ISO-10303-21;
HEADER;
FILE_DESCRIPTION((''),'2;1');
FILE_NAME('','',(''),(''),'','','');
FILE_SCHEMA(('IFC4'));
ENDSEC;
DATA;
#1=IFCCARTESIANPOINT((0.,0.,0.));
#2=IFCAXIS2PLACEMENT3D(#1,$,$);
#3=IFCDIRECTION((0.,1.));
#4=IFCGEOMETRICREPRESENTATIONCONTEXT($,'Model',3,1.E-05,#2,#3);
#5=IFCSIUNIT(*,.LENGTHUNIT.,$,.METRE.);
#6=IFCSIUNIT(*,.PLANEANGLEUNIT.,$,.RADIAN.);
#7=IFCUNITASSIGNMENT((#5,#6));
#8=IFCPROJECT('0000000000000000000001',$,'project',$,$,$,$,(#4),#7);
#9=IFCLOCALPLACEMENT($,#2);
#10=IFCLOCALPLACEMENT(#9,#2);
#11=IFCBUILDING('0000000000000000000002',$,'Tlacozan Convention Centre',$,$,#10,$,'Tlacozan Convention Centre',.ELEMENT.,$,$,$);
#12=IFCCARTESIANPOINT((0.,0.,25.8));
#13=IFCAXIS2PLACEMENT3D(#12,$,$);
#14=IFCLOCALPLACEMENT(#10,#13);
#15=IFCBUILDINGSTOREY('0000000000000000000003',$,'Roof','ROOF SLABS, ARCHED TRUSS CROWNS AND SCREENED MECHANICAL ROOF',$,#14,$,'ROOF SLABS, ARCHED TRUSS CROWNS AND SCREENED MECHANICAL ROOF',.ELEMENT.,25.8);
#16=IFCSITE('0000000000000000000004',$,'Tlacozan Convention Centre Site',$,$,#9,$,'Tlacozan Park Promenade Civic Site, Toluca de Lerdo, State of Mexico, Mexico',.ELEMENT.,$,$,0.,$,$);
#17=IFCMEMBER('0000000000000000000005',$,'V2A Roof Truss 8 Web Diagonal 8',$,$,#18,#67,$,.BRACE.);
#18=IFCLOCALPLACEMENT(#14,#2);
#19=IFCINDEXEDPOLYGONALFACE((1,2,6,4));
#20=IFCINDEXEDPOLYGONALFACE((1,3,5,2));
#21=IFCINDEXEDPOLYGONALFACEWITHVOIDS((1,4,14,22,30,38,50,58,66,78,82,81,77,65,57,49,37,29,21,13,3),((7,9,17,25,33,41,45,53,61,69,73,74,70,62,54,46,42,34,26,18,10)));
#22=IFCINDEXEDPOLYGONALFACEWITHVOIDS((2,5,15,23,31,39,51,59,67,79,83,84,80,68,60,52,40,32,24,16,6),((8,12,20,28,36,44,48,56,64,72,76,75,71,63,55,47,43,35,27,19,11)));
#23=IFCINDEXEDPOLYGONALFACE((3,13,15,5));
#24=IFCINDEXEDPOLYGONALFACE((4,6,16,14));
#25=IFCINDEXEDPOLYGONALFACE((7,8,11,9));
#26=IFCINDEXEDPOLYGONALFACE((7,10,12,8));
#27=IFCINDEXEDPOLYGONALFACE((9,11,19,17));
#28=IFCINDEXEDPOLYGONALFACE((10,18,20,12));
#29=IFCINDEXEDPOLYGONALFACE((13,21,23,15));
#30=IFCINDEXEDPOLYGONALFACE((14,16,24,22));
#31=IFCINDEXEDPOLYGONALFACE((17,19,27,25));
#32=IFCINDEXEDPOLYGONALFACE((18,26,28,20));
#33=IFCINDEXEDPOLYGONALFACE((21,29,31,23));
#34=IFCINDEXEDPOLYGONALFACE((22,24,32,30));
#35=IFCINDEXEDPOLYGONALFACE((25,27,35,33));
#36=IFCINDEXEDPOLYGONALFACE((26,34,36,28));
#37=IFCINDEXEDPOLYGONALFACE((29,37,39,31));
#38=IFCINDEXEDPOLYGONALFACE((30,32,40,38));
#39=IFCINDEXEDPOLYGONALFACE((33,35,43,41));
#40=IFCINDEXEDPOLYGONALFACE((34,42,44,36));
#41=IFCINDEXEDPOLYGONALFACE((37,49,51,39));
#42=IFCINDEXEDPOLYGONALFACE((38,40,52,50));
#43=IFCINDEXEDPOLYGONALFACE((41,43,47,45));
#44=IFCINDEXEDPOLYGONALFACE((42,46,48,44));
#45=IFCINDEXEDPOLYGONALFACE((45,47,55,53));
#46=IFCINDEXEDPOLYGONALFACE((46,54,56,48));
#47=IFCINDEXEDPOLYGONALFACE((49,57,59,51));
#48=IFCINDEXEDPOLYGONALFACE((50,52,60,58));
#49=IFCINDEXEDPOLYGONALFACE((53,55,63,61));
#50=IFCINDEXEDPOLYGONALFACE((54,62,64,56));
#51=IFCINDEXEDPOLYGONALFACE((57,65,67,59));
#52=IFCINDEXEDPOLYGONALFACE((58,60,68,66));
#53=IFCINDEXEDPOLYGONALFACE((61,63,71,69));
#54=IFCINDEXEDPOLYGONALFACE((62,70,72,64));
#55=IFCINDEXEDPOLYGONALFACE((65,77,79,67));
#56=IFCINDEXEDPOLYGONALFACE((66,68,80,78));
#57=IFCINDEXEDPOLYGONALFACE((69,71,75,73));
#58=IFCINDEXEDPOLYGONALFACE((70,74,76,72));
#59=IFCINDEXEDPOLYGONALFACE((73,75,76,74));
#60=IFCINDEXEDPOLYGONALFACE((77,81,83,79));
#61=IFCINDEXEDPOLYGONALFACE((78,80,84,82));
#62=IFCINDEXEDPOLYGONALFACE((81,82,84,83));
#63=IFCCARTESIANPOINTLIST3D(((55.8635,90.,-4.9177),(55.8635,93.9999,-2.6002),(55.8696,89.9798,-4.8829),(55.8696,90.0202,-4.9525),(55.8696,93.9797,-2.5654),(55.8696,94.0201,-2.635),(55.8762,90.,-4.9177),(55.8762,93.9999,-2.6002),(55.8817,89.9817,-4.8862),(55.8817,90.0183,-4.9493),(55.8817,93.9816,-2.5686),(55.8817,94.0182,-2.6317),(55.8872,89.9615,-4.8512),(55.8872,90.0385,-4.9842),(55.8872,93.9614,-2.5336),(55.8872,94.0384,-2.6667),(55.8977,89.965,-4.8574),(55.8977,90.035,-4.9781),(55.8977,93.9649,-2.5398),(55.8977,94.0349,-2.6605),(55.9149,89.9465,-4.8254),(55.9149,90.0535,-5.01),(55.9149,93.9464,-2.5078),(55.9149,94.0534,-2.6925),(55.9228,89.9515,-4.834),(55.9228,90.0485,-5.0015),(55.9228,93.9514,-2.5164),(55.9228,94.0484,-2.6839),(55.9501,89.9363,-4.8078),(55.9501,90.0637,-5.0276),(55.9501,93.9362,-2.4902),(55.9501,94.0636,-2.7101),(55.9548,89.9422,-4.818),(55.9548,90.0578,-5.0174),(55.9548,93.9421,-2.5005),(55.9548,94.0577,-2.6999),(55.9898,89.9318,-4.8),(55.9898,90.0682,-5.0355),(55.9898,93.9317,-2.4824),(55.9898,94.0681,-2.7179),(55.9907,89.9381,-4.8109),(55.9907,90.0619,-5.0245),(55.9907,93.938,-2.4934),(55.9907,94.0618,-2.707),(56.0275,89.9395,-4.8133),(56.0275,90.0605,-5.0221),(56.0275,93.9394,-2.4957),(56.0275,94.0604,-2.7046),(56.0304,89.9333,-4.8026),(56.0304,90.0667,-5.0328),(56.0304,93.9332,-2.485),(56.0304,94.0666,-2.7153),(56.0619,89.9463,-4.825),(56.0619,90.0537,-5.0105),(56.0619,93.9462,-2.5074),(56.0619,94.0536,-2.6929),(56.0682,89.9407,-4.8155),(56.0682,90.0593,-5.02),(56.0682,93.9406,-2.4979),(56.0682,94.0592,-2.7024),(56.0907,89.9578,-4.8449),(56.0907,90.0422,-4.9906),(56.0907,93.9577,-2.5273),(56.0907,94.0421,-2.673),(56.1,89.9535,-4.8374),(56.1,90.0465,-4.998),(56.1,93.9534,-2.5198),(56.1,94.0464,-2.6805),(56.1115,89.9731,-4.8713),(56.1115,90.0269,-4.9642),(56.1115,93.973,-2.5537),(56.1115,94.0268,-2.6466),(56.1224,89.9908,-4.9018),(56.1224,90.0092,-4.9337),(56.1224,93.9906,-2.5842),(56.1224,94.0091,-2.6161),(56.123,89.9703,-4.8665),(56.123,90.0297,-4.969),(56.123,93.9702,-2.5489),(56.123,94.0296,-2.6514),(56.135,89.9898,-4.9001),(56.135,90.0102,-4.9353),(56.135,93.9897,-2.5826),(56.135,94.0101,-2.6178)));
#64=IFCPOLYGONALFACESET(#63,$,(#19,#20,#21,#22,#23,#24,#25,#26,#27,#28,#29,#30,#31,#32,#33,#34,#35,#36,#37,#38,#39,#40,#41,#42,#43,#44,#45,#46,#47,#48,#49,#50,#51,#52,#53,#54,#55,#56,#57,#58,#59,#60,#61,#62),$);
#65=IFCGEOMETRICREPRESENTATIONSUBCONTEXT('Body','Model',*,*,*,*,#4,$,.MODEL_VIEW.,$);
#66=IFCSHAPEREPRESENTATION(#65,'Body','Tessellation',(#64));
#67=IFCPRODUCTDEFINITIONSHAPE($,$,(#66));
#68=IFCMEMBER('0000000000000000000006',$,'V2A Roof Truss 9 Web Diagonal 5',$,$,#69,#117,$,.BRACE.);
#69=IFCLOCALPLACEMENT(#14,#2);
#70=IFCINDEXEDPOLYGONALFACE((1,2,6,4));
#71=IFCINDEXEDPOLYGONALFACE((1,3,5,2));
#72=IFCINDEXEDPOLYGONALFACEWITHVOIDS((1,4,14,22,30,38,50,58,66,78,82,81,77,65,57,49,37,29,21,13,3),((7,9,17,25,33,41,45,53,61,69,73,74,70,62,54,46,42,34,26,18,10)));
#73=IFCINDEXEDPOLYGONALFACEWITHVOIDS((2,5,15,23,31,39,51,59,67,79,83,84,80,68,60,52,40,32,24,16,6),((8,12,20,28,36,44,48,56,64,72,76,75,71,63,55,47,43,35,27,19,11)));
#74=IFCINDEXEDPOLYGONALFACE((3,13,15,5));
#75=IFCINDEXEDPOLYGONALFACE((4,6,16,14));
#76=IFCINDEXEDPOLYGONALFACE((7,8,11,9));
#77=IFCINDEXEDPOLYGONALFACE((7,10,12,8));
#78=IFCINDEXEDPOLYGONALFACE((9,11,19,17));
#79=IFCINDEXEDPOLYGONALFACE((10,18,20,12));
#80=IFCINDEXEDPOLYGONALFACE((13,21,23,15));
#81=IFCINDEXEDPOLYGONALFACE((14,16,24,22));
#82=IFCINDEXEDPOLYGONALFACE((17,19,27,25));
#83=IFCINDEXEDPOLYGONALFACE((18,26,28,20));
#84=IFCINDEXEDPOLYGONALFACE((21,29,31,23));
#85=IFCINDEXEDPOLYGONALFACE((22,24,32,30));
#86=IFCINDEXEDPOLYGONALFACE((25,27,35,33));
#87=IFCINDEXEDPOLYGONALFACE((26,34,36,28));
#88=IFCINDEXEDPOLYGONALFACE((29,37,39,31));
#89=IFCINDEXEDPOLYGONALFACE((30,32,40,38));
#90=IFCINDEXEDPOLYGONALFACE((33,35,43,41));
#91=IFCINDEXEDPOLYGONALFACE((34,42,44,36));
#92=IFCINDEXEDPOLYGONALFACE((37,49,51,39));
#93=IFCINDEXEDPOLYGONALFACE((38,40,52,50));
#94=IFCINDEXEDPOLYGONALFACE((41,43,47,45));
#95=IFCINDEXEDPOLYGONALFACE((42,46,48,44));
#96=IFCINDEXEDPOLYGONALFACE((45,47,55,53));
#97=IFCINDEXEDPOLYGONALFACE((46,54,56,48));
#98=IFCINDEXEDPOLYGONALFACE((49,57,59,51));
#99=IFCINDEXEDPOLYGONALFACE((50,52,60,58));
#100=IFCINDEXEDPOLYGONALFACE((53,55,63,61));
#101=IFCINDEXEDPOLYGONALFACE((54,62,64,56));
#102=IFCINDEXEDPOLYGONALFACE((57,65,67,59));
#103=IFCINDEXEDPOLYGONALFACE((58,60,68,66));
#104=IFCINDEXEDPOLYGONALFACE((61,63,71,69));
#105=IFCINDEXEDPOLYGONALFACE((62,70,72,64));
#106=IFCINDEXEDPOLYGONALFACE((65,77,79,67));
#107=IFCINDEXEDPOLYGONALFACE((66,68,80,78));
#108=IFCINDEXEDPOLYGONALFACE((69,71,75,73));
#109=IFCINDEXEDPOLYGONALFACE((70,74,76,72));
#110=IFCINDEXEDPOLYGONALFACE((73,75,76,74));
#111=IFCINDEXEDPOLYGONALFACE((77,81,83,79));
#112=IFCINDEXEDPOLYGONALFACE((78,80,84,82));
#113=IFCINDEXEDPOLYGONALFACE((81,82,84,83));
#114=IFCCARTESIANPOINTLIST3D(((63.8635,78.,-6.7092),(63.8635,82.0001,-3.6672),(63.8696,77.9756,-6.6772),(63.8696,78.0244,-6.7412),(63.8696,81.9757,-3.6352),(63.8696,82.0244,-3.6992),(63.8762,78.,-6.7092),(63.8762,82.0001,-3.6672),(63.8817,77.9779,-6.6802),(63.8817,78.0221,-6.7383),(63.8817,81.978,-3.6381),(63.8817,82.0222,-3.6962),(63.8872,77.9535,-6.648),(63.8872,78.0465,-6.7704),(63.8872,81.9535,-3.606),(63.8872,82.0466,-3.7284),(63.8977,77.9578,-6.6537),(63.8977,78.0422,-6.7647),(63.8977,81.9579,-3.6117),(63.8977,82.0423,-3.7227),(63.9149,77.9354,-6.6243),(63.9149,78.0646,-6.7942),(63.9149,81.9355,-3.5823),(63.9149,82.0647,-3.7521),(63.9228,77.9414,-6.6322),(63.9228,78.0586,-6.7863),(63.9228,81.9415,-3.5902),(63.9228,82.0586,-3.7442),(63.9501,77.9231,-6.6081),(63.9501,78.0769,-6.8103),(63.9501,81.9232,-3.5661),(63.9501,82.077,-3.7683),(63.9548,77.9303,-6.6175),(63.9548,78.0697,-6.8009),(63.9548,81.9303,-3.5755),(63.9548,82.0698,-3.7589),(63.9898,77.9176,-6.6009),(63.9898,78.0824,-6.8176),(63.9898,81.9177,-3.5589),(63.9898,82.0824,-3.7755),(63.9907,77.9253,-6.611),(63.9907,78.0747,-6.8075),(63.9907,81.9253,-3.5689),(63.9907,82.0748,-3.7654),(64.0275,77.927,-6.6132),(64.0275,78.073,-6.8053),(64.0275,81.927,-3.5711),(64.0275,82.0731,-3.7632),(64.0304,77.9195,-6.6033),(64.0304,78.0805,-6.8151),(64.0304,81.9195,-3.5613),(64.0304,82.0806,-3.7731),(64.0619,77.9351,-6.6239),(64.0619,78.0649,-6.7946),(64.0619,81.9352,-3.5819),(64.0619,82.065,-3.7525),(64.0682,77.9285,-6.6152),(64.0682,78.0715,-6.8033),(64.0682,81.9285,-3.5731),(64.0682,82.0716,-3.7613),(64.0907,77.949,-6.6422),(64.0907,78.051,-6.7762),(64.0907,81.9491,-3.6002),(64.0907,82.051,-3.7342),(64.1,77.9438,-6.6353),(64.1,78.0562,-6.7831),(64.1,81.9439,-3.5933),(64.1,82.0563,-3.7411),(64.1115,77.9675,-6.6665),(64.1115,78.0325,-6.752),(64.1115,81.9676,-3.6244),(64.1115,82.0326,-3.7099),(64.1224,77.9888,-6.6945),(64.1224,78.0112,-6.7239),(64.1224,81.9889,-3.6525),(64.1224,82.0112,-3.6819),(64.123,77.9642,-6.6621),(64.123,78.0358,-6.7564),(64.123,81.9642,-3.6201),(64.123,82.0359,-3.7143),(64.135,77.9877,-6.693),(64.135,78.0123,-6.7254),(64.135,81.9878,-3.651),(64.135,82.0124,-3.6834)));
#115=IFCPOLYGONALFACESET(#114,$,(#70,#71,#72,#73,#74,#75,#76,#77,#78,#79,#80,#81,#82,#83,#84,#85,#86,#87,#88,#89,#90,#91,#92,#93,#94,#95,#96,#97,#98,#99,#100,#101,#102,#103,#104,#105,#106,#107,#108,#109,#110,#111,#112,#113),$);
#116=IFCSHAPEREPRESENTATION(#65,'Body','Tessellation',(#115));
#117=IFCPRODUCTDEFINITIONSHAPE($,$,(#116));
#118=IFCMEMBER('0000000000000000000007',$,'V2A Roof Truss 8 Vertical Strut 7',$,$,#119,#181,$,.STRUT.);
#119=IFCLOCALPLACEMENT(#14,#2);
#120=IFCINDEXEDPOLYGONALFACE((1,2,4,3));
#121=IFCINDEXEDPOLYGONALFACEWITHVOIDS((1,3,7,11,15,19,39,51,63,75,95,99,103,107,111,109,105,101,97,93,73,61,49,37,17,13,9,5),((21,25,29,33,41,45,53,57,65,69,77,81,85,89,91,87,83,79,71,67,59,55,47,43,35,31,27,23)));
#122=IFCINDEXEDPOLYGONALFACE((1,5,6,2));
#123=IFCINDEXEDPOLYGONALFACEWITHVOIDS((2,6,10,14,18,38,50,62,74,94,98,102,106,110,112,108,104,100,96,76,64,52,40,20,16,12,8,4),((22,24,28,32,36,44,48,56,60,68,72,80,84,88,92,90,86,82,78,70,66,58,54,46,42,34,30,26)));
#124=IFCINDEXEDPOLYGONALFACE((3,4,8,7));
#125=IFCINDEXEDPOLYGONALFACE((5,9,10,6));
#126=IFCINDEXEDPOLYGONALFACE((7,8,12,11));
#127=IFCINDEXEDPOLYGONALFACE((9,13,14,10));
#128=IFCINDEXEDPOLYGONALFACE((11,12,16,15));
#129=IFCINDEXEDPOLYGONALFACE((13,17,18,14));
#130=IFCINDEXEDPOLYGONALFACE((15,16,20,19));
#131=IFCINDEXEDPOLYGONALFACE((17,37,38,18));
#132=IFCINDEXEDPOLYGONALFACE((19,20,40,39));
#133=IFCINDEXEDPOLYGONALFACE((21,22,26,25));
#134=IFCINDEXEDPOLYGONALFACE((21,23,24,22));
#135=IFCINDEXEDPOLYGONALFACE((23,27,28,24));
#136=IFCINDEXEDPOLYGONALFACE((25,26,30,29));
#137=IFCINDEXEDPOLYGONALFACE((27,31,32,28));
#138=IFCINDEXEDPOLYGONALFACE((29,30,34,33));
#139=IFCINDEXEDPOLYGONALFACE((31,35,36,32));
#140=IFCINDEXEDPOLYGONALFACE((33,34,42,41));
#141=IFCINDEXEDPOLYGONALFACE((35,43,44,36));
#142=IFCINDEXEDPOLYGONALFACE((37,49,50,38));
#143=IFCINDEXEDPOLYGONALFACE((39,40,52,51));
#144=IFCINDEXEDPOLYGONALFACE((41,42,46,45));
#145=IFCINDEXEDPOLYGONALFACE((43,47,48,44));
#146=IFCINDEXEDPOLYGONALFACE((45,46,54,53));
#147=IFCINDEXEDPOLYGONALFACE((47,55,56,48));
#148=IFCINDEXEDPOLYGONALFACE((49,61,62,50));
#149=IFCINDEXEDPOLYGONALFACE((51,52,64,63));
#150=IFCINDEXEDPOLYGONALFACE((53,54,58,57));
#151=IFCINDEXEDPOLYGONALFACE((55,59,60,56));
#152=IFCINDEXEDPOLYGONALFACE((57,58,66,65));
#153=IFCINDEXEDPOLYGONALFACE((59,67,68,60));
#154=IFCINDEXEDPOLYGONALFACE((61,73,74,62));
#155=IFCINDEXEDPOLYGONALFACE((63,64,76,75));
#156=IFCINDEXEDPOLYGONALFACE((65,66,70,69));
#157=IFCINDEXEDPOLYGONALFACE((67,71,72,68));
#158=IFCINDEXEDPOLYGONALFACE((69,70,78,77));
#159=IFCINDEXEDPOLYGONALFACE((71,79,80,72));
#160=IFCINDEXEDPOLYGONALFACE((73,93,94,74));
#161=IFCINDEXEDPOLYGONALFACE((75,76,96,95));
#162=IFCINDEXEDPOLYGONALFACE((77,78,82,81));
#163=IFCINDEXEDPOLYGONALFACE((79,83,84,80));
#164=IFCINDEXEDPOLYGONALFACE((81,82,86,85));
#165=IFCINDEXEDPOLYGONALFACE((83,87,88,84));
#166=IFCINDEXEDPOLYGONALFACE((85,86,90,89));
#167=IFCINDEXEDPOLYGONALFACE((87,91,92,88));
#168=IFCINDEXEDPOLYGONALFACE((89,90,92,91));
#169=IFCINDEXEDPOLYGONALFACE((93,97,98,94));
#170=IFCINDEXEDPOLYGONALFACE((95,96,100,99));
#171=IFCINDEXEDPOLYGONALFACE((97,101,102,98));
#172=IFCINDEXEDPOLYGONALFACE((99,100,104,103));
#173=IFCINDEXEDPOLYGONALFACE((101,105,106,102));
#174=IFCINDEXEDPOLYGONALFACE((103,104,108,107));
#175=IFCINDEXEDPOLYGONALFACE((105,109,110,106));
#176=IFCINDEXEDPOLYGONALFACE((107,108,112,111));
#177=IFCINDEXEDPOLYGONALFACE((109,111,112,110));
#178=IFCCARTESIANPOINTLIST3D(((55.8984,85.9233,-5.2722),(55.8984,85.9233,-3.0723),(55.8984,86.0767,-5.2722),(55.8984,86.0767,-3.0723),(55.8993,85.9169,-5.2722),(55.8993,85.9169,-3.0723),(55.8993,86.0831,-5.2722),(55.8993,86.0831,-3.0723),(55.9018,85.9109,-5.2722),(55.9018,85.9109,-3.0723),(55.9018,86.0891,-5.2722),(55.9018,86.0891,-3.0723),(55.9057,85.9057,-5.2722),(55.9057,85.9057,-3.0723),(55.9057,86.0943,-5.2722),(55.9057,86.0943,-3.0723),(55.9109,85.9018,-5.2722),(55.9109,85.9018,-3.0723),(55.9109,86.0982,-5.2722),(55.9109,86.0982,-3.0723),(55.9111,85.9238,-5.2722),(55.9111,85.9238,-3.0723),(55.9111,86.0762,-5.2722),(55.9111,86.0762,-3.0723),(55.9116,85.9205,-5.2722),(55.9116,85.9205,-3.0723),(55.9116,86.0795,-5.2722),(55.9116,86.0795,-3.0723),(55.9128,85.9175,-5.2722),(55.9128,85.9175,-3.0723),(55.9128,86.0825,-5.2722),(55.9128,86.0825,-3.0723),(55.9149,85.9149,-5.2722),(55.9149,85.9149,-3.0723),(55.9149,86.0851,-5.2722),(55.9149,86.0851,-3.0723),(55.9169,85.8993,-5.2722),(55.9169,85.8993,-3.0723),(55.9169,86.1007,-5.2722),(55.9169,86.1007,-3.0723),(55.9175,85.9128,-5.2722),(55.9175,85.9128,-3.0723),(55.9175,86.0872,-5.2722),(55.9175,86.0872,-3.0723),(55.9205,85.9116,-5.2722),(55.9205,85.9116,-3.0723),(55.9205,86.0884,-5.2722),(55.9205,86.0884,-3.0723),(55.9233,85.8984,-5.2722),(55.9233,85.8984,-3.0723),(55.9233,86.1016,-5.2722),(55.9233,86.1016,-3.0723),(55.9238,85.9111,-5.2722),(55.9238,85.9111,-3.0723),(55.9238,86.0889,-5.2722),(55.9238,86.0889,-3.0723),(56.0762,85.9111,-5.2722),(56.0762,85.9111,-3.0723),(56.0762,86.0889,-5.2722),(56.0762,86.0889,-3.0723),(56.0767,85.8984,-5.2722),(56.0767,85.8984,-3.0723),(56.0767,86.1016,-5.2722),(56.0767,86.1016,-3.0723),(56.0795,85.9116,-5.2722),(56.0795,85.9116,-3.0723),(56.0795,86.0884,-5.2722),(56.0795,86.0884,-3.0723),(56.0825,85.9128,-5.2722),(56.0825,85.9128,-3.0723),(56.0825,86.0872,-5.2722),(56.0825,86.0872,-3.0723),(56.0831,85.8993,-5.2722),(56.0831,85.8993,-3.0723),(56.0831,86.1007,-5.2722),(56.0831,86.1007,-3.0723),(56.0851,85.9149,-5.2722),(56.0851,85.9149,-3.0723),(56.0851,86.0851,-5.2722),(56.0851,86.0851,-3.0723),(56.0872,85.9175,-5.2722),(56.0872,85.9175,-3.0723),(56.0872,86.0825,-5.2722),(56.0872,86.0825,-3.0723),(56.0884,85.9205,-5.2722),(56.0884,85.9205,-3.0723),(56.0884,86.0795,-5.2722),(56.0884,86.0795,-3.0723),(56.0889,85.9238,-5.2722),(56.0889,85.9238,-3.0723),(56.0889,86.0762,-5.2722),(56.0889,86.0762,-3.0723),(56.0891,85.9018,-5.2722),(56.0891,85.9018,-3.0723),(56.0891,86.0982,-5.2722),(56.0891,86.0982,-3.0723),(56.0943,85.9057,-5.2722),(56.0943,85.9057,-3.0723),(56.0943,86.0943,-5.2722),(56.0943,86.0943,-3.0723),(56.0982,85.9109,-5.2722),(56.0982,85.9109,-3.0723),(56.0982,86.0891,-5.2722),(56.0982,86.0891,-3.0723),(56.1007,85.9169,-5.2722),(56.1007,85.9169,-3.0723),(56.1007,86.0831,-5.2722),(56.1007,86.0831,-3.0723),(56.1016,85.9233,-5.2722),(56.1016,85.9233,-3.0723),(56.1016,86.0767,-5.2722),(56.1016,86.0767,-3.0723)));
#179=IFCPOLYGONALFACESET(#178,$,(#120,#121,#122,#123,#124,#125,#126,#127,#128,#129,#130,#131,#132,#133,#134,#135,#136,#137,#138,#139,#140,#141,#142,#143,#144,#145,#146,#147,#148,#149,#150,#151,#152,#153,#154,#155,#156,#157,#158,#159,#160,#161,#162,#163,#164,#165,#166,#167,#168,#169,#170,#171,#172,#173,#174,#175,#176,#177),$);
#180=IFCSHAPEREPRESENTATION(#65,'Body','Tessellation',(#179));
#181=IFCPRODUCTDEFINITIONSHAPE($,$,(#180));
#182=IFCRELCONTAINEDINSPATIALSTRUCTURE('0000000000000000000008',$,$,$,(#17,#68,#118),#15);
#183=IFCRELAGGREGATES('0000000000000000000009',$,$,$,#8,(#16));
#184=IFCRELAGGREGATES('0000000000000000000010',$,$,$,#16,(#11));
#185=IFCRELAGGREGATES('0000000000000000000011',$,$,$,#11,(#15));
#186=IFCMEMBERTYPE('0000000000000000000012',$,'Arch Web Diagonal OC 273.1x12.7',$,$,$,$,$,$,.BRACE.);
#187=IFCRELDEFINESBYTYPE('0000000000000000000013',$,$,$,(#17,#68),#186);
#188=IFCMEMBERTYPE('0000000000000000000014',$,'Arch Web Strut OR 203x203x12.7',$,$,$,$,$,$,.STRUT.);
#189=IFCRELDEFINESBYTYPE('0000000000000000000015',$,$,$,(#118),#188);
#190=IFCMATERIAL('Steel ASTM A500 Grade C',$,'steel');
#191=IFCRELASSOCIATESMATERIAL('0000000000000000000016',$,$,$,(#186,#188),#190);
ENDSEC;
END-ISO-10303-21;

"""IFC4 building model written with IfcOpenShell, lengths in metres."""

from ifc_helpers import new_model, si_unit, direction, frame, origin, origin_2d, place, context, subcontext, project, spatial, hollow_rectangle, hollow_circle, extrude, material, material_profile, profile_set, type_object, element, save


model = new_model("IFC4")

# Units and contexts
model_context = context("Model", 3, precision=1e-05, world=origin(), true_north=direction((0.0, 1.0)))
body_context = subcontext(model_context, "Body", "Model", "MODEL_VIEW")
ifc_project = project(units=[si_unit("LENGTHUNIT", "METRE"), si_unit("PLANEANGLEUNIT", "RADIAN")], contexts=[model_context])

# Site, building, storey
site_placement = place(None, origin())
site = spatial("IfcSite", under=ifc_project, at=site_placement, Name="Tlacozan Convention Centre Site", LongName="Tlacozan Park Promenade Civic Site, Toluca de Lerdo, State of Mexico, Mexico", CompositionType="ELEMENT", RefElevation=0.0)
building_placement = place(site_placement, origin())
building = spatial("IfcBuilding", under=site, at=building_placement, Name="Tlacozan Convention Centre", LongName="Tlacozan Convention Centre", CompositionType="ELEMENT")
storey_placement = place(building_placement, frame((0.0, 0.0, 25.8)))
storey = spatial("IfcBuildingStorey", under=building, at=storey_placement, Name="Roof", Description="ROOF SLABS, ARCHED TRUSS CROWNS AND SCREENED MECHANICAL ROOF", LongName="ROOF SLABS, ARCHED TRUSS CROWNS AND SCREENED MECHANICAL ROOF", CompositionType="ELEMENT", Elevation=25.8)

# Members
ifc_material_1 = material(Name="Steel ASTM A500 Grade C", Category="steel")
ifc_material_profile_1 = material_profile(ifc_material_1, hollow_circle(Radius=0.1365, WallThickness=0.0127, at=origin_2d()), Name="OC 273.1x12.7")
ifc_profile_set_1 = profile_set([ifc_material_profile_1], Name="Steel ASTM A500 Grade C")
member_type_1 = type_object("IfcMemberType", Name="Arch Web Diagonal OC 273.1x12.7", PredefinedType="BRACE", material=ifc_profile_set_1)
member_1_placement = place(storey_placement, frame((56.0, 90.0, -4.9177), z_axis=(0.0, 0.865254, 0.501334), x_axis=(-1.0, 0.0, 0.0)))
element("IfcMember", 1, at=member_1_placement, inside=storey, type_object=member_type_1, Name="V2A Roof Truss 8 Web Diagonal 8", PredefinedType="BRACE", context=body_context, shape_type="SweptSolid", body=[
    extrude(hollow_circle(Radius=0.1365, WallThickness=0.0127, at=origin_2d()), origin(), (0.0, 0.0, 1.0), 4.6228),
])
member_2_placement = place(storey_placement, frame((64.0, 78.0, -6.7092), z_axis=(0.0, 0.795971, 0.605335), x_axis=(-1.0, 0.0, 0.0)))
element("IfcMember", 2, at=member_2_placement, inside=storey, type_object=member_type_1, Name="V2A Roof Truss 9 Web Diagonal 5", PredefinedType="BRACE", context=body_context, shape_type="SweptSolid", body=[
    extrude(hollow_circle(Radius=0.1365, WallThickness=0.0127, at=origin_2d()), origin(), (0.0, 0.0, 1.0), 5.0254),
])
ifc_material_profile_2 = material_profile(ifc_material_1, hollow_rectangle(XDim=0.2031, YDim=0.2031, WallThickness=0.0127, InnerFilletRadius=0.0127, OuterFilletRadius=0.0249, at=origin_2d()), Name="OR 203x203x12.7")
ifc_profile_set_2 = profile_set([ifc_material_profile_2], Name="Steel ASTM A500 Grade C")
member_type_2 = type_object("IfcMemberType", Name="Arch Web Strut OR 203x203x12.7", PredefinedType="STRUT", material=ifc_profile_set_2)
member_3_placement = place(storey_placement, frame((56.0, 86.0, -5.2722), z_axis=(0.0, 0.0, 1.0), x_axis=(1.0, 0.0, 0.0)))
element("IfcMember", 3, at=member_3_placement, inside=storey, type_object=member_type_2, Name="V2A Roof Truss 8 Vertical Strut 7", PredefinedType="STRUT", context=body_context, shape_type="SweptSolid", body=[
    extrude(hollow_rectangle(XDim=0.2031, YDim=0.2031, WallThickness=0.0127, InnerFilletRadius=0.0127, OuterFilletRadius=0.0249, at=origin_2d()), origin(), (0.0, 0.0, 1.0), 2.2),
])

save(model, "model.ifc")
